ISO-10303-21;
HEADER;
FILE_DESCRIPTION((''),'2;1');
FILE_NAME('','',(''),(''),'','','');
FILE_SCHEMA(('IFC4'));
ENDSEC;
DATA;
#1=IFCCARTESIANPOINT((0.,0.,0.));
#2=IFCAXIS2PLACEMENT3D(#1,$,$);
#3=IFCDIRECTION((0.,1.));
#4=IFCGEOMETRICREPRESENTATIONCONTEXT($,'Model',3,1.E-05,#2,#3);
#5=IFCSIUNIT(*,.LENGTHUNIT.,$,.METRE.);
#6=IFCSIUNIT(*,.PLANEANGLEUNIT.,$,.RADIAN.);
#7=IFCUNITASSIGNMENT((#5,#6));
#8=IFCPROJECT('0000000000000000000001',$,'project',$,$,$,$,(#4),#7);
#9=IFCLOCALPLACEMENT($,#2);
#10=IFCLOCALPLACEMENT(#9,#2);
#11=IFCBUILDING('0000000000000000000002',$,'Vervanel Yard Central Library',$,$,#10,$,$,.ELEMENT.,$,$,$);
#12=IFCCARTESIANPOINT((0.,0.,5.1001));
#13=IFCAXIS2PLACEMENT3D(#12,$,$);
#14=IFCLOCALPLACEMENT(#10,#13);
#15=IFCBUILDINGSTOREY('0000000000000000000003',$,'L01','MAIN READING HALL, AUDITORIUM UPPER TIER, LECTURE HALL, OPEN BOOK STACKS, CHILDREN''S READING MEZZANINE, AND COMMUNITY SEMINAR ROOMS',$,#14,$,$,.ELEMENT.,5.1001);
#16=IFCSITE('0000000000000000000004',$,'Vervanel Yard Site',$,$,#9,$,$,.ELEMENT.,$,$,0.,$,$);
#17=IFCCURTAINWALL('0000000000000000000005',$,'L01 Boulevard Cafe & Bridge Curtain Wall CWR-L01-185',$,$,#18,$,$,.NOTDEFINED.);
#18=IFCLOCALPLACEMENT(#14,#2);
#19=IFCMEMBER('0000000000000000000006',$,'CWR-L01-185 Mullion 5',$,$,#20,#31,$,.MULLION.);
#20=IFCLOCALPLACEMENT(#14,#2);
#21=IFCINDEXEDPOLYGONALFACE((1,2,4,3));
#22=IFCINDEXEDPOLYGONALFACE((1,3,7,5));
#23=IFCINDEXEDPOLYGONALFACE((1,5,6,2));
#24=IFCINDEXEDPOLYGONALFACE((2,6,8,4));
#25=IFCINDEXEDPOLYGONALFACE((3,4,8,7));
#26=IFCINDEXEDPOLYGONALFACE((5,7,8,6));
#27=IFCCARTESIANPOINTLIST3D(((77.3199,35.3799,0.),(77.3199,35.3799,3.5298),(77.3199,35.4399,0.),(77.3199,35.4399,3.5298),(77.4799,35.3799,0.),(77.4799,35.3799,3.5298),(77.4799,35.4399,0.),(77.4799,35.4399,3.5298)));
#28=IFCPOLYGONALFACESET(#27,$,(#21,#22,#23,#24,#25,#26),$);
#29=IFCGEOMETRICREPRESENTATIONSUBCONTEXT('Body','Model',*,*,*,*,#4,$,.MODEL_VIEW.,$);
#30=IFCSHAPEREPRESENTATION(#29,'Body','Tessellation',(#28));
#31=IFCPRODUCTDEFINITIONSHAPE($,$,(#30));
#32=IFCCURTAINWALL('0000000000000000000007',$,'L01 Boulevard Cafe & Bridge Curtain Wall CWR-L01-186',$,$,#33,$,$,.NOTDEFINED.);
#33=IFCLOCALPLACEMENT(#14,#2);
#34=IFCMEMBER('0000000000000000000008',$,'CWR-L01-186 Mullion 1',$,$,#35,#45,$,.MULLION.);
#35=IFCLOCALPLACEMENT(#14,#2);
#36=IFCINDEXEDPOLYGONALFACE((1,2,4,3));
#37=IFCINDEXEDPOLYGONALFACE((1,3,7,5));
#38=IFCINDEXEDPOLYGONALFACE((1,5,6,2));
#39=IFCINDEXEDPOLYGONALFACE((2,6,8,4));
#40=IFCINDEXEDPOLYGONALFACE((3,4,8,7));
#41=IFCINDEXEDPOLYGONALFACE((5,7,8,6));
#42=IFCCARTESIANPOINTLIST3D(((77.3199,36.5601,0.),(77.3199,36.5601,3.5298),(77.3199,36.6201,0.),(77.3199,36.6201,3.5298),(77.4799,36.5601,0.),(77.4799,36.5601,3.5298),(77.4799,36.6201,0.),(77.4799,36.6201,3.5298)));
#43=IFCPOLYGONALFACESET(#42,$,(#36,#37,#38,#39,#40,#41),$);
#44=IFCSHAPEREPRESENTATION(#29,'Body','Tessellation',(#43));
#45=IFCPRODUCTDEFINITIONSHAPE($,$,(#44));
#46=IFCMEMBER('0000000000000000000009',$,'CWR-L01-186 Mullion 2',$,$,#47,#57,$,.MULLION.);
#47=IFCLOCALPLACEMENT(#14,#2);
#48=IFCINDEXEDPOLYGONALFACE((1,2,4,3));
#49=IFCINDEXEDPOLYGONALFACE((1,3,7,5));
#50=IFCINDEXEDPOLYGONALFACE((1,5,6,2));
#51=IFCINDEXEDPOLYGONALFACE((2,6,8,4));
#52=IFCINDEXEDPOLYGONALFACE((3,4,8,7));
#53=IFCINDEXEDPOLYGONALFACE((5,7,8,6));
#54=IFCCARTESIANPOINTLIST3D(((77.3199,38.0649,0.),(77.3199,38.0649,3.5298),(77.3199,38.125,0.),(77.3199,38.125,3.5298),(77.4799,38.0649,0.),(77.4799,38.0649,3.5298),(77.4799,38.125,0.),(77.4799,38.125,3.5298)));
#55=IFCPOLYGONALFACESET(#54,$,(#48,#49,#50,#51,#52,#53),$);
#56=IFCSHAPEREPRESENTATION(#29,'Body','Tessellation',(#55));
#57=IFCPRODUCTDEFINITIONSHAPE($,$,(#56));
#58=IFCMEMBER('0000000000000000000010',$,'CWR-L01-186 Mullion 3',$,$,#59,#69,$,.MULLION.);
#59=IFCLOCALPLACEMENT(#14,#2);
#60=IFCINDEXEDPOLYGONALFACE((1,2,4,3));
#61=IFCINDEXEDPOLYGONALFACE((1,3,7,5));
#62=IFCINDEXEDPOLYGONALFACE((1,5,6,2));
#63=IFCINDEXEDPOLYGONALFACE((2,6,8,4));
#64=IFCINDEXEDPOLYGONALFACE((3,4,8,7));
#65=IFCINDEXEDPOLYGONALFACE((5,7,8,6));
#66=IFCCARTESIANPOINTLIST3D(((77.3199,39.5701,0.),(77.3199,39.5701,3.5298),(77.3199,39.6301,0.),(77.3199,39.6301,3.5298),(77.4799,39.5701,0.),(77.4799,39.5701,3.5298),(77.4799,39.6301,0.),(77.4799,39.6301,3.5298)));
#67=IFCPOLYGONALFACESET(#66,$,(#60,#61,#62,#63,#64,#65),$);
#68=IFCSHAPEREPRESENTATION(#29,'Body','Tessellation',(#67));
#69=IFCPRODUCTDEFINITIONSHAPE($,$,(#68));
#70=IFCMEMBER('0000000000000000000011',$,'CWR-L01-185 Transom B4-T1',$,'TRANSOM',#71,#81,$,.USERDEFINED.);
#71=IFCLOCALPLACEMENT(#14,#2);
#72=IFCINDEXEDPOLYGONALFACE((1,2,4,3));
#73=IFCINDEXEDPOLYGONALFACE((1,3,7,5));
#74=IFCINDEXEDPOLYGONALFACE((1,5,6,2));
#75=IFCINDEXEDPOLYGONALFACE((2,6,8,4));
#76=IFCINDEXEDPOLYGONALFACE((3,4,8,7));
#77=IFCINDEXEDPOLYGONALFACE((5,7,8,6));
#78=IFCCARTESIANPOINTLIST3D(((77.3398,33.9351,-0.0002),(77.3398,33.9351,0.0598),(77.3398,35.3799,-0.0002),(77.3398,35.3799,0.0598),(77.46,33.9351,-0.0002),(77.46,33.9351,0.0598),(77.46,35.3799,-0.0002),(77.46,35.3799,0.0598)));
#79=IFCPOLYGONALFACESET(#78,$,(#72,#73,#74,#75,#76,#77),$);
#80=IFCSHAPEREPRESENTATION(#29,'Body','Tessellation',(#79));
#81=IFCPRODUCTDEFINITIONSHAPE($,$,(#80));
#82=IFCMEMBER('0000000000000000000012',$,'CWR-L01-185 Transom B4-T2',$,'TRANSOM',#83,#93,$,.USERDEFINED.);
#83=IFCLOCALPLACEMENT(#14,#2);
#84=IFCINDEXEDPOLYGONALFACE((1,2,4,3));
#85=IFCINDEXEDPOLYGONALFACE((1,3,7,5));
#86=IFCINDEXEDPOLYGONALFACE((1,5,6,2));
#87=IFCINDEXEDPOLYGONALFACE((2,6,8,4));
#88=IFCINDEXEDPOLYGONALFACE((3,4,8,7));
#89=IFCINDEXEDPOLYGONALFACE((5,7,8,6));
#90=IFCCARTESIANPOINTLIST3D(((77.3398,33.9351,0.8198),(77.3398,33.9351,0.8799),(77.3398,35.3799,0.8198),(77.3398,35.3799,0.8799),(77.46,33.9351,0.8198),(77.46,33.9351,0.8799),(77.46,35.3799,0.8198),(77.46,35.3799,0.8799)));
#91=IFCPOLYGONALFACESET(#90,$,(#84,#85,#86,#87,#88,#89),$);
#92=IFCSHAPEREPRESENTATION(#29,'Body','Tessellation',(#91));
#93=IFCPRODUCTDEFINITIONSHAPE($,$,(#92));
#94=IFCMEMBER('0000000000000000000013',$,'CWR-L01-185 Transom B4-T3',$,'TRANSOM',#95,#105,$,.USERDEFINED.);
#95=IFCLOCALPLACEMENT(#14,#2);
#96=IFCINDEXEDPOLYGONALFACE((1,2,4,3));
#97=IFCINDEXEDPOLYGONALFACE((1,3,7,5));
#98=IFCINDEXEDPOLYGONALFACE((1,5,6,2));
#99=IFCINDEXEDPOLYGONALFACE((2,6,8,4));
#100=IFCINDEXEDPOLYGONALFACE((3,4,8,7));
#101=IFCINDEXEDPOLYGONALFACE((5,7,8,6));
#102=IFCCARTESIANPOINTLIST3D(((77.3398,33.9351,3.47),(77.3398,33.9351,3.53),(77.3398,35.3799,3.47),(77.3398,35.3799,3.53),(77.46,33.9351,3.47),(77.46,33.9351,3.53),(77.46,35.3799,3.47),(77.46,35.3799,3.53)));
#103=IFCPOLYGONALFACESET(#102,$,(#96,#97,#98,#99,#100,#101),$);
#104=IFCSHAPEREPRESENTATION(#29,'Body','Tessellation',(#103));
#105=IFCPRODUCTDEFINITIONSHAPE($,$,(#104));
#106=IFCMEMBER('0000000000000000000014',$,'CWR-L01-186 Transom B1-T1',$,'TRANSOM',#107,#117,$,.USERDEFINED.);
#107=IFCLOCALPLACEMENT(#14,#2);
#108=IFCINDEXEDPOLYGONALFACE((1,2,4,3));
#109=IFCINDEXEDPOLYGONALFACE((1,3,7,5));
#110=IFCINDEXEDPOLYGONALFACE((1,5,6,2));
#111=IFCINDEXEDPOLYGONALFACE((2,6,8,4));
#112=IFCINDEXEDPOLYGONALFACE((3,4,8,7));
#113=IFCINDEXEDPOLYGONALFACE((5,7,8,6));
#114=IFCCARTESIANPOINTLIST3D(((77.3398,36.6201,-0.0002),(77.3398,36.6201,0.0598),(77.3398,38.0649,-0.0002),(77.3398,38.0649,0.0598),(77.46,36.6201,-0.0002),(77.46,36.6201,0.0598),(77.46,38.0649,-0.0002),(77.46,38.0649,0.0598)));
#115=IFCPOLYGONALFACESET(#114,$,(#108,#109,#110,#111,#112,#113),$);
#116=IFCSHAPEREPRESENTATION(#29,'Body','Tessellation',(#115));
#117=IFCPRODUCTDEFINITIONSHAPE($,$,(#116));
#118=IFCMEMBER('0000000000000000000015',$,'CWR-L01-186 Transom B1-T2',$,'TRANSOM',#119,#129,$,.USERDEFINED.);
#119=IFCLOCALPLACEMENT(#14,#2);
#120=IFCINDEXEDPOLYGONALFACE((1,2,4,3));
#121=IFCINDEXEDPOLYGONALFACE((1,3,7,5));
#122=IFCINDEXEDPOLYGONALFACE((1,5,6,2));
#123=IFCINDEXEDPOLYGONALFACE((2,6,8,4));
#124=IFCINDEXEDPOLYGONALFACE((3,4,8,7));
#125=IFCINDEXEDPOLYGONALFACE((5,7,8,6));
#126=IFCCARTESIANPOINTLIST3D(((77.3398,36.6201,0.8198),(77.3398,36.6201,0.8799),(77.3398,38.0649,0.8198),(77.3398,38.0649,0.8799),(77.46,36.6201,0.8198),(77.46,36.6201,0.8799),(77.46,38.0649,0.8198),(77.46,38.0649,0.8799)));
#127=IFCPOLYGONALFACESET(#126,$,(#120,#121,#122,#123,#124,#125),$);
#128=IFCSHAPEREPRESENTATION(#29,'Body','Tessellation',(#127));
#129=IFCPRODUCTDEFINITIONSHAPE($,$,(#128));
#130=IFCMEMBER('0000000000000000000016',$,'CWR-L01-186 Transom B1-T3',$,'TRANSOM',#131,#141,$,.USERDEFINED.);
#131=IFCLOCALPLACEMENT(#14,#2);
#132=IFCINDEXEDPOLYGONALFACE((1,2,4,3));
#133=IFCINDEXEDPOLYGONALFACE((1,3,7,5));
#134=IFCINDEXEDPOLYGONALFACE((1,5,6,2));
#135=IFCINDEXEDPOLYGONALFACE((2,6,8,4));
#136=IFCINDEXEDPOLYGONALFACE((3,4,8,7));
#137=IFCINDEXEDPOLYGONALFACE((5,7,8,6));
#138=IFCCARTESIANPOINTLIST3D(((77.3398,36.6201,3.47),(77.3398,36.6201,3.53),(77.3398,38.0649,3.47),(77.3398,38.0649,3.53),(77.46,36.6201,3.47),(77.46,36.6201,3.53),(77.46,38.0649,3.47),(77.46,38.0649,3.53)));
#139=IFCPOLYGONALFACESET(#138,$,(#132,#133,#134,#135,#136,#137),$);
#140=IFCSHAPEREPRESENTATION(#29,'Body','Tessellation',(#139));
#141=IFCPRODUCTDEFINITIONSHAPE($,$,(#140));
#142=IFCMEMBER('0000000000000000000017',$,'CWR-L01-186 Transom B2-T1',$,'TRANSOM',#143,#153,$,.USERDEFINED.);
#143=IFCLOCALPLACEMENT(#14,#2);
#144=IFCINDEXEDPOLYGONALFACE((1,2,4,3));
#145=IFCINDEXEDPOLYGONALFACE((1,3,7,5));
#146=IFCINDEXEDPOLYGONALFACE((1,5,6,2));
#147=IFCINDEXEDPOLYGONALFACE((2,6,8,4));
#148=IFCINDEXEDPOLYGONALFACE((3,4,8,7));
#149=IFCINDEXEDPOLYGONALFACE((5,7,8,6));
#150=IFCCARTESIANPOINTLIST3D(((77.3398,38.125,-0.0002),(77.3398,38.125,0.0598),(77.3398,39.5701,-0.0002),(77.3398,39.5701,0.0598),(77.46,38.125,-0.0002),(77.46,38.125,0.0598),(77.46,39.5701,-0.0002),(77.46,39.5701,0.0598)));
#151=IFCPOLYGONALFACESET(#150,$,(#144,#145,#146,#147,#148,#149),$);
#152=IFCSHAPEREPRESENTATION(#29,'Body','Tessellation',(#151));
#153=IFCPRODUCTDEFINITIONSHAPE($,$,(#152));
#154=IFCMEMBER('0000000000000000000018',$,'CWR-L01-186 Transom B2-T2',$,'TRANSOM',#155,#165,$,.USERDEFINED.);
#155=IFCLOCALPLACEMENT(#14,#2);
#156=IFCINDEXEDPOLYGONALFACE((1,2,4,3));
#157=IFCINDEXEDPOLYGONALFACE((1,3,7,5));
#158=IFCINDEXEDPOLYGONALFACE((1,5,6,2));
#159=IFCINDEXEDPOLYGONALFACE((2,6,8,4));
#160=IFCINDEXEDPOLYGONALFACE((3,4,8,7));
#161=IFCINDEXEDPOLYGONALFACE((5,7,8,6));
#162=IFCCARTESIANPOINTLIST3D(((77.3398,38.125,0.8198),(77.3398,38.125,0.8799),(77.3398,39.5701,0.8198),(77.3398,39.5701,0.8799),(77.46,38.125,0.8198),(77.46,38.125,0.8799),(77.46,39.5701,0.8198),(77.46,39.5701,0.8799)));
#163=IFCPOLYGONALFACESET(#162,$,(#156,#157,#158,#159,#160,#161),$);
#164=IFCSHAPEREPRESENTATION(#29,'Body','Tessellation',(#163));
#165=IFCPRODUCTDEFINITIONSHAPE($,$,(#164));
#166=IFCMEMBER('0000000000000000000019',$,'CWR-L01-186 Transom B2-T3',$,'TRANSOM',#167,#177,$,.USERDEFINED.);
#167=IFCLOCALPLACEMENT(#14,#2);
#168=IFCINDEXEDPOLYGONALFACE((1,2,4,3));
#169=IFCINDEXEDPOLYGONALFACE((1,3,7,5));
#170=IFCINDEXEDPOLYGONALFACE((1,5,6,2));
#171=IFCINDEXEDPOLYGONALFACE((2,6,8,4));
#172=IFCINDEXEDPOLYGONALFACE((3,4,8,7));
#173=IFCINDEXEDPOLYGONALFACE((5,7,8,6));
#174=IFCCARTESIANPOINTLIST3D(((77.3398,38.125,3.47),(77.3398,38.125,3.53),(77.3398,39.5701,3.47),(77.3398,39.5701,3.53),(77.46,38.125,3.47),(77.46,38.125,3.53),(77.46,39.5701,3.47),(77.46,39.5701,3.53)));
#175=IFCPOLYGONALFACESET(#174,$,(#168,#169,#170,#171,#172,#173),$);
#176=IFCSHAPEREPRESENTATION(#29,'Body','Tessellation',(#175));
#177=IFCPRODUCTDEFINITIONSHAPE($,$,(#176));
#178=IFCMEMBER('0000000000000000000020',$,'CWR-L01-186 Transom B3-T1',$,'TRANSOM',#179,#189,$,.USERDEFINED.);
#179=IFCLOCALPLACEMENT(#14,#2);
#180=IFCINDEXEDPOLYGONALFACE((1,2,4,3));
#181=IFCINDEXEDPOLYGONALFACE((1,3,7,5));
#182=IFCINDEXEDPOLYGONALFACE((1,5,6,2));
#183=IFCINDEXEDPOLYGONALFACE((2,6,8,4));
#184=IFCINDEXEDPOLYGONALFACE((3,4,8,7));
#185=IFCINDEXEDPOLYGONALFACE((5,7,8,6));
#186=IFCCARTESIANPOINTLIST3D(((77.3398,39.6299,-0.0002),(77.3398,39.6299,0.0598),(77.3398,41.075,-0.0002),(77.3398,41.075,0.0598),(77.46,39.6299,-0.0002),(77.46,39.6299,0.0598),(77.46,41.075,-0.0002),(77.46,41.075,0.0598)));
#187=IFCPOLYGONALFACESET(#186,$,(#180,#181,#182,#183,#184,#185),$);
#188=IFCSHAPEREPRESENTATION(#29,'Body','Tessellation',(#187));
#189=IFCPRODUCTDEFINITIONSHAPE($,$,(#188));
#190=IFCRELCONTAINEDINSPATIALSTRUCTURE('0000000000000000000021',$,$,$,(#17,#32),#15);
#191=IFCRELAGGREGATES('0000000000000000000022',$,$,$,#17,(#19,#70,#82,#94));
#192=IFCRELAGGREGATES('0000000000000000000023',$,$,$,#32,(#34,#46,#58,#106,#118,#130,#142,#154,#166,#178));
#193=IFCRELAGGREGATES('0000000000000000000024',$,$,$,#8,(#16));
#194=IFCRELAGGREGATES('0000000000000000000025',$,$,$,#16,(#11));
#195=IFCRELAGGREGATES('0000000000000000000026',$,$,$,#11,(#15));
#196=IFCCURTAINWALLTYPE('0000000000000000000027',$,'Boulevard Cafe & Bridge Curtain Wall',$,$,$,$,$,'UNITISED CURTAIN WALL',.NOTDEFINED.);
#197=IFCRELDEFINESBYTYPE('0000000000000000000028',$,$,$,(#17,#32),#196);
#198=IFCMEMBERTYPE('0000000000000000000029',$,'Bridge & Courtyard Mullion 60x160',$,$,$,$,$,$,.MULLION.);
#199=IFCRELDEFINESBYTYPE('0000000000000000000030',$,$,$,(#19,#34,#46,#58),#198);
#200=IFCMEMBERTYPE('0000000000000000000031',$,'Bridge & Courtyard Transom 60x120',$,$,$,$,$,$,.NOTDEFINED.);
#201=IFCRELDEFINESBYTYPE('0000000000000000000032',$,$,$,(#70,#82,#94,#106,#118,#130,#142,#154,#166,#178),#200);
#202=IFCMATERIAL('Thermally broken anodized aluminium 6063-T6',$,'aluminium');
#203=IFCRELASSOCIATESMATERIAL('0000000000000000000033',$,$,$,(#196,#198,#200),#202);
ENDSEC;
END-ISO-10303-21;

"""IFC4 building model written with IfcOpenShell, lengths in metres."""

from ifc_helpers import new_model, si_unit, direction, frame, origin, origin_2d, place, context, subcontext, project, spatial, rectangle, extrude, material, material_profile, profile_set, type_object, element, aggregate, save


model = new_model("IFC4")

# Units and contexts
model_context = context("Model", 3, precision=1e-05, world=origin(), true_north=direction((0.0, 1.0)))
body_context = subcontext(model_context, "Body", "Model", "MODEL_VIEW")
ifc_project = project(units=[si_unit("LENGTHUNIT", "METRE"), si_unit("PLANEANGLEUNIT", "RADIAN")], contexts=[model_context])

# Site, building, storey
site_placement = place(None, origin())
site = spatial("IfcSite", under=ifc_project, at=site_placement, Name="Vervanel Yard Site", CompositionType="ELEMENT", RefElevation=0.0)
building_placement = place(site_placement, origin())
building = spatial("IfcBuilding", under=site, at=building_placement, Name="Vervanel Yard Central Library", CompositionType="ELEMENT")
storey_placement = place(building_placement, frame((0.0, 0.0, 5.1001)))
storey = spatial("IfcBuildingStorey", under=building, at=storey_placement, Name="L01", Description="MAIN READING HALL, AUDITORIUM UPPER TIER, LECTURE HALL, OPEN BOOK STACKS, CHILDREN'S READING MEZZANINE, AND COMMUNITY SEMINAR ROOMS", CompositionType="ELEMENT", Elevation=5.1001)

# Curtain wall, member
ifc_material_1 = material(Name="Thermally broken anodized aluminium 6063-T6", Category="aluminium")
curtain_wall_type = type_object("IfcCurtainWallType", Name="Boulevard Cafe & Bridge Curtain Wall", ElementType="UNITISED CURTAIN WALL", PredefinedType="NOTDEFINED", material=ifc_material_1)
curtain_wall_1_placement = place(storey_placement, origin())
curtain_wall_1 = element("IfcCurtainWall", 1, at=curtain_wall_1_placement, inside=storey, type_object=curtain_wall_type, Name="L01 Boulevard Cafe & Bridge Curtain Wall CWR-L01-185", PredefinedType="NOTDEFINED")
ifc_material_profile_1 = material_profile(ifc_material_1, rectangle(XDim=0.0601, YDim=0.1599, at=origin_2d()), Name="ALU 60x160", Category="aluminium")
ifc_profile_set_1 = profile_set([ifc_material_profile_1], Name="Thermally broken anodized aluminium 6063-T6")
member_type_1 = type_object("IfcMemberType", Name="Bridge & Courtyard Mullion 60x160", PredefinedType="MULLION", material=ifc_profile_set_1)
member_1_placement = place(storey_placement, frame((77.3999, 35.4099, 0.0), z_axis=(0.0, 0.0, 1.0), x_axis=(0.0, 1.0, 0.0)))
member_1 = element("IfcMember", 2, at=member_1_placement, type_object=member_type_1, Name="CWR-L01-185 Mullion 5", PredefinedType="MULLION", context=body_context, shape_type="SweptSolid", body=[
    extrude(rectangle(XDim=0.0601, YDim=0.1599, at=origin_2d()), origin(), (0.0, 0.0, 1.0), 3.5298),
])

# Curtain wall, members
curtain_wall_2_placement = place(storey_placement, origin())
curtain_wall_2 = element("IfcCurtainWall", 3, at=curtain_wall_2_placement, inside=storey, type_object=curtain_wall_type, Name="L01 Boulevard Cafe & Bridge Curtain Wall CWR-L01-186", PredefinedType="NOTDEFINED")
member_2_placement = place(storey_placement, frame((77.3999, 36.5901, 0.0), z_axis=(0.0, 0.0, 1.0), x_axis=(0.0, 1.0, 0.0)))
member_2 = element("IfcMember", 4, at=member_2_placement, type_object=member_type_1, Name="CWR-L01-186 Mullion 1", PredefinedType="MULLION", context=body_context, shape_type="SweptSolid", body=[
    extrude(rectangle(XDim=0.0601, YDim=0.1599, at=origin_2d()), origin(), (0.0, 0.0, 1.0), 3.5298),
])
member_3_placement = place(storey_placement, frame((77.3999, 38.095, 0.0), z_axis=(0.0, 0.0, 1.0), x_axis=(0.0, 1.0, 0.0)))
member_3 = element("IfcMember", 5, at=member_3_placement, type_object=member_type_1, Name="CWR-L01-186 Mullion 2", PredefinedType="MULLION", context=body_context, shape_type="SweptSolid", body=[
    extrude(rectangle(XDim=0.0601, YDim=0.1599, at=origin_2d()), origin(), (0.0, 0.0, 1.0), 3.5298),
])
member_4_placement = place(storey_placement, frame((77.3999, 39.6001, 0.0), z_axis=(0.0, 0.0, 1.0), x_axis=(0.0, 1.0, 0.0)))
member_4 = element("IfcMember", 6, at=member_4_placement, type_object=member_type_1, Name="CWR-L01-186 Mullion 3", PredefinedType="MULLION", context=body_context, shape_type="SweptSolid", body=[
    extrude(rectangle(XDim=0.0601, YDim=0.1599, at=origin_2d()), origin(), (0.0, 0.0, 1.0), 3.5298),
])

# Members
ifc_material_profile_2 = material_profile(ifc_material_1, rectangle(XDim=0.0601, YDim=0.1201, at=origin_2d()), Name="ALU 60x120", Category="aluminium")
ifc_profile_set_2 = profile_set([ifc_material_profile_2], Name="Thermally broken anodized aluminium 6063-T6")
member_type_2 = type_object("IfcMemberType", Name="Bridge & Courtyard Transom 60x120", PredefinedType="NOTDEFINED", material=ifc_profile_set_2)
member_5_placement = place(storey_placement, frame((77.3999, 33.9351, 0.0298), z_axis=(0.0, 1.0, 0.0), x_axis=(0.0, 0.0, 1.0)))
member_5 = element("IfcMember", 7, at=member_5_placement, type_object=member_type_2, Name="CWR-L01-185 Transom B4-T1", ObjectType="TRANSOM", PredefinedType="USERDEFINED", context=body_context, shape_type="SweptSolid", body=[
    extrude(rectangle(XDim=0.0601, YDim=0.1201, at=origin_2d()), origin(), (0.0, 0.0, 1.0), 1.4448),
])
member_6_placement = place(storey_placement, frame((77.3999, 33.9351, 0.8499), z_axis=(0.0, 1.0, 0.0), x_axis=(0.0, 0.0, 1.0)))
member_6 = element("IfcMember", 8, at=member_6_placement, type_object=member_type_2, Name="CWR-L01-185 Transom B4-T2", ObjectType="TRANSOM", PredefinedType="USERDEFINED", context=body_context, shape_type="SweptSolid", body=[
    extrude(rectangle(XDim=0.0601, YDim=0.1201, at=origin_2d()), origin(), (0.0, 0.0, 1.0), 1.4448),
])
member_7_placement = place(storey_placement, frame((77.3999, 33.9351, 3.5), z_axis=(0.0, 1.0, 0.0), x_axis=(0.0, 0.0, 1.0)))
member_7 = element("IfcMember", 9, at=member_7_placement, type_object=member_type_2, Name="CWR-L01-185 Transom B4-T3", ObjectType="TRANSOM", PredefinedType="USERDEFINED", context=body_context, shape_type="SweptSolid", body=[
    extrude(rectangle(XDim=0.0601, YDim=0.1201, at=origin_2d()), origin(), (0.0, 0.0, 1.0), 1.4448),
])
member_8_placement = place(storey_placement, frame((77.3999, 36.6201, 0.0298), z_axis=(0.0, 1.0, 0.0), x_axis=(0.0, 0.0, 1.0)))
member_8 = element("IfcMember", 10, at=member_8_placement, type_object=member_type_2, Name="CWR-L01-186 Transom B1-T1", ObjectType="TRANSOM", PredefinedType="USERDEFINED", context=body_context, shape_type="SweptSolid", body=[
    extrude(rectangle(XDim=0.0601, YDim=0.1201, at=origin_2d()), origin(), (0.0, 0.0, 1.0), 1.4448),
])
member_9_placement = place(storey_placement, frame((77.3999, 36.6201, 0.8499), z_axis=(0.0, 1.0, 0.0), x_axis=(0.0, 0.0, 1.0)))
member_9 = element("IfcMember", 11, at=member_9_placement, type_object=member_type_2, Name="CWR-L01-186 Transom B1-T2", ObjectType="TRANSOM", PredefinedType="USERDEFINED", context=body_context, shape_type="SweptSolid", body=[
    extrude(rectangle(XDim=0.0601, YDim=0.1201, at=origin_2d()), origin(), (0.0, 0.0, 1.0), 1.4448),
])
member_10_placement = place(storey_placement, frame((77.3999, 36.6201, 3.5), z_axis=(0.0, 1.0, 0.0), x_axis=(0.0, 0.0, 1.0)))
member_10 = element("IfcMember", 12, at=member_10_placement, type_object=member_type_2, Name="CWR-L01-186 Transom B1-T3", ObjectType="TRANSOM", PredefinedType="USERDEFINED", context=body_context, shape_type="SweptSolid", body=[
    extrude(rectangle(XDim=0.0601, YDim=0.1201, at=origin_2d()), origin(), (0.0, 0.0, 1.0), 1.4448),
])
member_11_placement = place(storey_placement, frame((77.3999, 38.125, 0.0298), z_axis=(0.0, 1.0, 0.0), x_axis=(0.0, 0.0, 1.0)))
member_11 = element("IfcMember", 13, at=member_11_placement, type_object=member_type_2, Name="CWR-L01-186 Transom B2-T1", ObjectType="TRANSOM", PredefinedType="USERDEFINED", context=body_context, shape_type="SweptSolid", body=[
    extrude(rectangle(XDim=0.0601, YDim=0.1201, at=origin_2d()), origin(), (0.0, 0.0, 1.0), 1.4451),
])
member_12_placement = place(storey_placement, frame((77.3999, 38.125, 0.8499), z_axis=(0.0, 1.0, 0.0), x_axis=(0.0, 0.0, 1.0)))
member_12 = element("IfcMember", 14, at=member_12_placement, type_object=member_type_2, Name="CWR-L01-186 Transom B2-T2", ObjectType="TRANSOM", PredefinedType="USERDEFINED", context=body_context, shape_type="SweptSolid", body=[
    extrude(rectangle(XDim=0.0601, YDim=0.1201, at=origin_2d()), origin(), (0.0, 0.0, 1.0), 1.4451),
])
member_13_placement = place(storey_placement, frame((77.3999, 38.125, 3.5), z_axis=(0.0, 1.0, 0.0), x_axis=(0.0, 0.0, 1.0)))
member_13 = element("IfcMember", 15, at=member_13_placement, type_object=member_type_2, Name="CWR-L01-186 Transom B2-T3", ObjectType="TRANSOM", PredefinedType="USERDEFINED", context=body_context, shape_type="SweptSolid", body=[
    extrude(rectangle(XDim=0.0601, YDim=0.1201, at=origin_2d()), origin(), (0.0, 0.0, 1.0), 1.4451),
])
member_14_placement = place(storey_placement, frame((77.3999, 39.6299, 0.0298), z_axis=(0.0, 1.0, 0.0), x_axis=(0.0, 0.0, 1.0)))
member_14 = element("IfcMember", 16, at=member_14_placement, type_object=member_type_2, Name="CWR-L01-186 Transom B3-T1", ObjectType="TRANSOM", PredefinedType="USERDEFINED", context=body_context, shape_type="SweptSolid", body=[
    extrude(rectangle(XDim=0.0601, YDim=0.1201, at=origin_2d()), origin(), (0.0, 0.0, 1.0), 1.4451),
])

aggregate(curtain_wall_1, [member_1, member_5, member_6, member_7])
aggregate(curtain_wall_2, [member_2, member_3, member_4, member_8, member_9, member_10, member_11, member_12, member_13, member_14])

save(model, "model.ifc")
